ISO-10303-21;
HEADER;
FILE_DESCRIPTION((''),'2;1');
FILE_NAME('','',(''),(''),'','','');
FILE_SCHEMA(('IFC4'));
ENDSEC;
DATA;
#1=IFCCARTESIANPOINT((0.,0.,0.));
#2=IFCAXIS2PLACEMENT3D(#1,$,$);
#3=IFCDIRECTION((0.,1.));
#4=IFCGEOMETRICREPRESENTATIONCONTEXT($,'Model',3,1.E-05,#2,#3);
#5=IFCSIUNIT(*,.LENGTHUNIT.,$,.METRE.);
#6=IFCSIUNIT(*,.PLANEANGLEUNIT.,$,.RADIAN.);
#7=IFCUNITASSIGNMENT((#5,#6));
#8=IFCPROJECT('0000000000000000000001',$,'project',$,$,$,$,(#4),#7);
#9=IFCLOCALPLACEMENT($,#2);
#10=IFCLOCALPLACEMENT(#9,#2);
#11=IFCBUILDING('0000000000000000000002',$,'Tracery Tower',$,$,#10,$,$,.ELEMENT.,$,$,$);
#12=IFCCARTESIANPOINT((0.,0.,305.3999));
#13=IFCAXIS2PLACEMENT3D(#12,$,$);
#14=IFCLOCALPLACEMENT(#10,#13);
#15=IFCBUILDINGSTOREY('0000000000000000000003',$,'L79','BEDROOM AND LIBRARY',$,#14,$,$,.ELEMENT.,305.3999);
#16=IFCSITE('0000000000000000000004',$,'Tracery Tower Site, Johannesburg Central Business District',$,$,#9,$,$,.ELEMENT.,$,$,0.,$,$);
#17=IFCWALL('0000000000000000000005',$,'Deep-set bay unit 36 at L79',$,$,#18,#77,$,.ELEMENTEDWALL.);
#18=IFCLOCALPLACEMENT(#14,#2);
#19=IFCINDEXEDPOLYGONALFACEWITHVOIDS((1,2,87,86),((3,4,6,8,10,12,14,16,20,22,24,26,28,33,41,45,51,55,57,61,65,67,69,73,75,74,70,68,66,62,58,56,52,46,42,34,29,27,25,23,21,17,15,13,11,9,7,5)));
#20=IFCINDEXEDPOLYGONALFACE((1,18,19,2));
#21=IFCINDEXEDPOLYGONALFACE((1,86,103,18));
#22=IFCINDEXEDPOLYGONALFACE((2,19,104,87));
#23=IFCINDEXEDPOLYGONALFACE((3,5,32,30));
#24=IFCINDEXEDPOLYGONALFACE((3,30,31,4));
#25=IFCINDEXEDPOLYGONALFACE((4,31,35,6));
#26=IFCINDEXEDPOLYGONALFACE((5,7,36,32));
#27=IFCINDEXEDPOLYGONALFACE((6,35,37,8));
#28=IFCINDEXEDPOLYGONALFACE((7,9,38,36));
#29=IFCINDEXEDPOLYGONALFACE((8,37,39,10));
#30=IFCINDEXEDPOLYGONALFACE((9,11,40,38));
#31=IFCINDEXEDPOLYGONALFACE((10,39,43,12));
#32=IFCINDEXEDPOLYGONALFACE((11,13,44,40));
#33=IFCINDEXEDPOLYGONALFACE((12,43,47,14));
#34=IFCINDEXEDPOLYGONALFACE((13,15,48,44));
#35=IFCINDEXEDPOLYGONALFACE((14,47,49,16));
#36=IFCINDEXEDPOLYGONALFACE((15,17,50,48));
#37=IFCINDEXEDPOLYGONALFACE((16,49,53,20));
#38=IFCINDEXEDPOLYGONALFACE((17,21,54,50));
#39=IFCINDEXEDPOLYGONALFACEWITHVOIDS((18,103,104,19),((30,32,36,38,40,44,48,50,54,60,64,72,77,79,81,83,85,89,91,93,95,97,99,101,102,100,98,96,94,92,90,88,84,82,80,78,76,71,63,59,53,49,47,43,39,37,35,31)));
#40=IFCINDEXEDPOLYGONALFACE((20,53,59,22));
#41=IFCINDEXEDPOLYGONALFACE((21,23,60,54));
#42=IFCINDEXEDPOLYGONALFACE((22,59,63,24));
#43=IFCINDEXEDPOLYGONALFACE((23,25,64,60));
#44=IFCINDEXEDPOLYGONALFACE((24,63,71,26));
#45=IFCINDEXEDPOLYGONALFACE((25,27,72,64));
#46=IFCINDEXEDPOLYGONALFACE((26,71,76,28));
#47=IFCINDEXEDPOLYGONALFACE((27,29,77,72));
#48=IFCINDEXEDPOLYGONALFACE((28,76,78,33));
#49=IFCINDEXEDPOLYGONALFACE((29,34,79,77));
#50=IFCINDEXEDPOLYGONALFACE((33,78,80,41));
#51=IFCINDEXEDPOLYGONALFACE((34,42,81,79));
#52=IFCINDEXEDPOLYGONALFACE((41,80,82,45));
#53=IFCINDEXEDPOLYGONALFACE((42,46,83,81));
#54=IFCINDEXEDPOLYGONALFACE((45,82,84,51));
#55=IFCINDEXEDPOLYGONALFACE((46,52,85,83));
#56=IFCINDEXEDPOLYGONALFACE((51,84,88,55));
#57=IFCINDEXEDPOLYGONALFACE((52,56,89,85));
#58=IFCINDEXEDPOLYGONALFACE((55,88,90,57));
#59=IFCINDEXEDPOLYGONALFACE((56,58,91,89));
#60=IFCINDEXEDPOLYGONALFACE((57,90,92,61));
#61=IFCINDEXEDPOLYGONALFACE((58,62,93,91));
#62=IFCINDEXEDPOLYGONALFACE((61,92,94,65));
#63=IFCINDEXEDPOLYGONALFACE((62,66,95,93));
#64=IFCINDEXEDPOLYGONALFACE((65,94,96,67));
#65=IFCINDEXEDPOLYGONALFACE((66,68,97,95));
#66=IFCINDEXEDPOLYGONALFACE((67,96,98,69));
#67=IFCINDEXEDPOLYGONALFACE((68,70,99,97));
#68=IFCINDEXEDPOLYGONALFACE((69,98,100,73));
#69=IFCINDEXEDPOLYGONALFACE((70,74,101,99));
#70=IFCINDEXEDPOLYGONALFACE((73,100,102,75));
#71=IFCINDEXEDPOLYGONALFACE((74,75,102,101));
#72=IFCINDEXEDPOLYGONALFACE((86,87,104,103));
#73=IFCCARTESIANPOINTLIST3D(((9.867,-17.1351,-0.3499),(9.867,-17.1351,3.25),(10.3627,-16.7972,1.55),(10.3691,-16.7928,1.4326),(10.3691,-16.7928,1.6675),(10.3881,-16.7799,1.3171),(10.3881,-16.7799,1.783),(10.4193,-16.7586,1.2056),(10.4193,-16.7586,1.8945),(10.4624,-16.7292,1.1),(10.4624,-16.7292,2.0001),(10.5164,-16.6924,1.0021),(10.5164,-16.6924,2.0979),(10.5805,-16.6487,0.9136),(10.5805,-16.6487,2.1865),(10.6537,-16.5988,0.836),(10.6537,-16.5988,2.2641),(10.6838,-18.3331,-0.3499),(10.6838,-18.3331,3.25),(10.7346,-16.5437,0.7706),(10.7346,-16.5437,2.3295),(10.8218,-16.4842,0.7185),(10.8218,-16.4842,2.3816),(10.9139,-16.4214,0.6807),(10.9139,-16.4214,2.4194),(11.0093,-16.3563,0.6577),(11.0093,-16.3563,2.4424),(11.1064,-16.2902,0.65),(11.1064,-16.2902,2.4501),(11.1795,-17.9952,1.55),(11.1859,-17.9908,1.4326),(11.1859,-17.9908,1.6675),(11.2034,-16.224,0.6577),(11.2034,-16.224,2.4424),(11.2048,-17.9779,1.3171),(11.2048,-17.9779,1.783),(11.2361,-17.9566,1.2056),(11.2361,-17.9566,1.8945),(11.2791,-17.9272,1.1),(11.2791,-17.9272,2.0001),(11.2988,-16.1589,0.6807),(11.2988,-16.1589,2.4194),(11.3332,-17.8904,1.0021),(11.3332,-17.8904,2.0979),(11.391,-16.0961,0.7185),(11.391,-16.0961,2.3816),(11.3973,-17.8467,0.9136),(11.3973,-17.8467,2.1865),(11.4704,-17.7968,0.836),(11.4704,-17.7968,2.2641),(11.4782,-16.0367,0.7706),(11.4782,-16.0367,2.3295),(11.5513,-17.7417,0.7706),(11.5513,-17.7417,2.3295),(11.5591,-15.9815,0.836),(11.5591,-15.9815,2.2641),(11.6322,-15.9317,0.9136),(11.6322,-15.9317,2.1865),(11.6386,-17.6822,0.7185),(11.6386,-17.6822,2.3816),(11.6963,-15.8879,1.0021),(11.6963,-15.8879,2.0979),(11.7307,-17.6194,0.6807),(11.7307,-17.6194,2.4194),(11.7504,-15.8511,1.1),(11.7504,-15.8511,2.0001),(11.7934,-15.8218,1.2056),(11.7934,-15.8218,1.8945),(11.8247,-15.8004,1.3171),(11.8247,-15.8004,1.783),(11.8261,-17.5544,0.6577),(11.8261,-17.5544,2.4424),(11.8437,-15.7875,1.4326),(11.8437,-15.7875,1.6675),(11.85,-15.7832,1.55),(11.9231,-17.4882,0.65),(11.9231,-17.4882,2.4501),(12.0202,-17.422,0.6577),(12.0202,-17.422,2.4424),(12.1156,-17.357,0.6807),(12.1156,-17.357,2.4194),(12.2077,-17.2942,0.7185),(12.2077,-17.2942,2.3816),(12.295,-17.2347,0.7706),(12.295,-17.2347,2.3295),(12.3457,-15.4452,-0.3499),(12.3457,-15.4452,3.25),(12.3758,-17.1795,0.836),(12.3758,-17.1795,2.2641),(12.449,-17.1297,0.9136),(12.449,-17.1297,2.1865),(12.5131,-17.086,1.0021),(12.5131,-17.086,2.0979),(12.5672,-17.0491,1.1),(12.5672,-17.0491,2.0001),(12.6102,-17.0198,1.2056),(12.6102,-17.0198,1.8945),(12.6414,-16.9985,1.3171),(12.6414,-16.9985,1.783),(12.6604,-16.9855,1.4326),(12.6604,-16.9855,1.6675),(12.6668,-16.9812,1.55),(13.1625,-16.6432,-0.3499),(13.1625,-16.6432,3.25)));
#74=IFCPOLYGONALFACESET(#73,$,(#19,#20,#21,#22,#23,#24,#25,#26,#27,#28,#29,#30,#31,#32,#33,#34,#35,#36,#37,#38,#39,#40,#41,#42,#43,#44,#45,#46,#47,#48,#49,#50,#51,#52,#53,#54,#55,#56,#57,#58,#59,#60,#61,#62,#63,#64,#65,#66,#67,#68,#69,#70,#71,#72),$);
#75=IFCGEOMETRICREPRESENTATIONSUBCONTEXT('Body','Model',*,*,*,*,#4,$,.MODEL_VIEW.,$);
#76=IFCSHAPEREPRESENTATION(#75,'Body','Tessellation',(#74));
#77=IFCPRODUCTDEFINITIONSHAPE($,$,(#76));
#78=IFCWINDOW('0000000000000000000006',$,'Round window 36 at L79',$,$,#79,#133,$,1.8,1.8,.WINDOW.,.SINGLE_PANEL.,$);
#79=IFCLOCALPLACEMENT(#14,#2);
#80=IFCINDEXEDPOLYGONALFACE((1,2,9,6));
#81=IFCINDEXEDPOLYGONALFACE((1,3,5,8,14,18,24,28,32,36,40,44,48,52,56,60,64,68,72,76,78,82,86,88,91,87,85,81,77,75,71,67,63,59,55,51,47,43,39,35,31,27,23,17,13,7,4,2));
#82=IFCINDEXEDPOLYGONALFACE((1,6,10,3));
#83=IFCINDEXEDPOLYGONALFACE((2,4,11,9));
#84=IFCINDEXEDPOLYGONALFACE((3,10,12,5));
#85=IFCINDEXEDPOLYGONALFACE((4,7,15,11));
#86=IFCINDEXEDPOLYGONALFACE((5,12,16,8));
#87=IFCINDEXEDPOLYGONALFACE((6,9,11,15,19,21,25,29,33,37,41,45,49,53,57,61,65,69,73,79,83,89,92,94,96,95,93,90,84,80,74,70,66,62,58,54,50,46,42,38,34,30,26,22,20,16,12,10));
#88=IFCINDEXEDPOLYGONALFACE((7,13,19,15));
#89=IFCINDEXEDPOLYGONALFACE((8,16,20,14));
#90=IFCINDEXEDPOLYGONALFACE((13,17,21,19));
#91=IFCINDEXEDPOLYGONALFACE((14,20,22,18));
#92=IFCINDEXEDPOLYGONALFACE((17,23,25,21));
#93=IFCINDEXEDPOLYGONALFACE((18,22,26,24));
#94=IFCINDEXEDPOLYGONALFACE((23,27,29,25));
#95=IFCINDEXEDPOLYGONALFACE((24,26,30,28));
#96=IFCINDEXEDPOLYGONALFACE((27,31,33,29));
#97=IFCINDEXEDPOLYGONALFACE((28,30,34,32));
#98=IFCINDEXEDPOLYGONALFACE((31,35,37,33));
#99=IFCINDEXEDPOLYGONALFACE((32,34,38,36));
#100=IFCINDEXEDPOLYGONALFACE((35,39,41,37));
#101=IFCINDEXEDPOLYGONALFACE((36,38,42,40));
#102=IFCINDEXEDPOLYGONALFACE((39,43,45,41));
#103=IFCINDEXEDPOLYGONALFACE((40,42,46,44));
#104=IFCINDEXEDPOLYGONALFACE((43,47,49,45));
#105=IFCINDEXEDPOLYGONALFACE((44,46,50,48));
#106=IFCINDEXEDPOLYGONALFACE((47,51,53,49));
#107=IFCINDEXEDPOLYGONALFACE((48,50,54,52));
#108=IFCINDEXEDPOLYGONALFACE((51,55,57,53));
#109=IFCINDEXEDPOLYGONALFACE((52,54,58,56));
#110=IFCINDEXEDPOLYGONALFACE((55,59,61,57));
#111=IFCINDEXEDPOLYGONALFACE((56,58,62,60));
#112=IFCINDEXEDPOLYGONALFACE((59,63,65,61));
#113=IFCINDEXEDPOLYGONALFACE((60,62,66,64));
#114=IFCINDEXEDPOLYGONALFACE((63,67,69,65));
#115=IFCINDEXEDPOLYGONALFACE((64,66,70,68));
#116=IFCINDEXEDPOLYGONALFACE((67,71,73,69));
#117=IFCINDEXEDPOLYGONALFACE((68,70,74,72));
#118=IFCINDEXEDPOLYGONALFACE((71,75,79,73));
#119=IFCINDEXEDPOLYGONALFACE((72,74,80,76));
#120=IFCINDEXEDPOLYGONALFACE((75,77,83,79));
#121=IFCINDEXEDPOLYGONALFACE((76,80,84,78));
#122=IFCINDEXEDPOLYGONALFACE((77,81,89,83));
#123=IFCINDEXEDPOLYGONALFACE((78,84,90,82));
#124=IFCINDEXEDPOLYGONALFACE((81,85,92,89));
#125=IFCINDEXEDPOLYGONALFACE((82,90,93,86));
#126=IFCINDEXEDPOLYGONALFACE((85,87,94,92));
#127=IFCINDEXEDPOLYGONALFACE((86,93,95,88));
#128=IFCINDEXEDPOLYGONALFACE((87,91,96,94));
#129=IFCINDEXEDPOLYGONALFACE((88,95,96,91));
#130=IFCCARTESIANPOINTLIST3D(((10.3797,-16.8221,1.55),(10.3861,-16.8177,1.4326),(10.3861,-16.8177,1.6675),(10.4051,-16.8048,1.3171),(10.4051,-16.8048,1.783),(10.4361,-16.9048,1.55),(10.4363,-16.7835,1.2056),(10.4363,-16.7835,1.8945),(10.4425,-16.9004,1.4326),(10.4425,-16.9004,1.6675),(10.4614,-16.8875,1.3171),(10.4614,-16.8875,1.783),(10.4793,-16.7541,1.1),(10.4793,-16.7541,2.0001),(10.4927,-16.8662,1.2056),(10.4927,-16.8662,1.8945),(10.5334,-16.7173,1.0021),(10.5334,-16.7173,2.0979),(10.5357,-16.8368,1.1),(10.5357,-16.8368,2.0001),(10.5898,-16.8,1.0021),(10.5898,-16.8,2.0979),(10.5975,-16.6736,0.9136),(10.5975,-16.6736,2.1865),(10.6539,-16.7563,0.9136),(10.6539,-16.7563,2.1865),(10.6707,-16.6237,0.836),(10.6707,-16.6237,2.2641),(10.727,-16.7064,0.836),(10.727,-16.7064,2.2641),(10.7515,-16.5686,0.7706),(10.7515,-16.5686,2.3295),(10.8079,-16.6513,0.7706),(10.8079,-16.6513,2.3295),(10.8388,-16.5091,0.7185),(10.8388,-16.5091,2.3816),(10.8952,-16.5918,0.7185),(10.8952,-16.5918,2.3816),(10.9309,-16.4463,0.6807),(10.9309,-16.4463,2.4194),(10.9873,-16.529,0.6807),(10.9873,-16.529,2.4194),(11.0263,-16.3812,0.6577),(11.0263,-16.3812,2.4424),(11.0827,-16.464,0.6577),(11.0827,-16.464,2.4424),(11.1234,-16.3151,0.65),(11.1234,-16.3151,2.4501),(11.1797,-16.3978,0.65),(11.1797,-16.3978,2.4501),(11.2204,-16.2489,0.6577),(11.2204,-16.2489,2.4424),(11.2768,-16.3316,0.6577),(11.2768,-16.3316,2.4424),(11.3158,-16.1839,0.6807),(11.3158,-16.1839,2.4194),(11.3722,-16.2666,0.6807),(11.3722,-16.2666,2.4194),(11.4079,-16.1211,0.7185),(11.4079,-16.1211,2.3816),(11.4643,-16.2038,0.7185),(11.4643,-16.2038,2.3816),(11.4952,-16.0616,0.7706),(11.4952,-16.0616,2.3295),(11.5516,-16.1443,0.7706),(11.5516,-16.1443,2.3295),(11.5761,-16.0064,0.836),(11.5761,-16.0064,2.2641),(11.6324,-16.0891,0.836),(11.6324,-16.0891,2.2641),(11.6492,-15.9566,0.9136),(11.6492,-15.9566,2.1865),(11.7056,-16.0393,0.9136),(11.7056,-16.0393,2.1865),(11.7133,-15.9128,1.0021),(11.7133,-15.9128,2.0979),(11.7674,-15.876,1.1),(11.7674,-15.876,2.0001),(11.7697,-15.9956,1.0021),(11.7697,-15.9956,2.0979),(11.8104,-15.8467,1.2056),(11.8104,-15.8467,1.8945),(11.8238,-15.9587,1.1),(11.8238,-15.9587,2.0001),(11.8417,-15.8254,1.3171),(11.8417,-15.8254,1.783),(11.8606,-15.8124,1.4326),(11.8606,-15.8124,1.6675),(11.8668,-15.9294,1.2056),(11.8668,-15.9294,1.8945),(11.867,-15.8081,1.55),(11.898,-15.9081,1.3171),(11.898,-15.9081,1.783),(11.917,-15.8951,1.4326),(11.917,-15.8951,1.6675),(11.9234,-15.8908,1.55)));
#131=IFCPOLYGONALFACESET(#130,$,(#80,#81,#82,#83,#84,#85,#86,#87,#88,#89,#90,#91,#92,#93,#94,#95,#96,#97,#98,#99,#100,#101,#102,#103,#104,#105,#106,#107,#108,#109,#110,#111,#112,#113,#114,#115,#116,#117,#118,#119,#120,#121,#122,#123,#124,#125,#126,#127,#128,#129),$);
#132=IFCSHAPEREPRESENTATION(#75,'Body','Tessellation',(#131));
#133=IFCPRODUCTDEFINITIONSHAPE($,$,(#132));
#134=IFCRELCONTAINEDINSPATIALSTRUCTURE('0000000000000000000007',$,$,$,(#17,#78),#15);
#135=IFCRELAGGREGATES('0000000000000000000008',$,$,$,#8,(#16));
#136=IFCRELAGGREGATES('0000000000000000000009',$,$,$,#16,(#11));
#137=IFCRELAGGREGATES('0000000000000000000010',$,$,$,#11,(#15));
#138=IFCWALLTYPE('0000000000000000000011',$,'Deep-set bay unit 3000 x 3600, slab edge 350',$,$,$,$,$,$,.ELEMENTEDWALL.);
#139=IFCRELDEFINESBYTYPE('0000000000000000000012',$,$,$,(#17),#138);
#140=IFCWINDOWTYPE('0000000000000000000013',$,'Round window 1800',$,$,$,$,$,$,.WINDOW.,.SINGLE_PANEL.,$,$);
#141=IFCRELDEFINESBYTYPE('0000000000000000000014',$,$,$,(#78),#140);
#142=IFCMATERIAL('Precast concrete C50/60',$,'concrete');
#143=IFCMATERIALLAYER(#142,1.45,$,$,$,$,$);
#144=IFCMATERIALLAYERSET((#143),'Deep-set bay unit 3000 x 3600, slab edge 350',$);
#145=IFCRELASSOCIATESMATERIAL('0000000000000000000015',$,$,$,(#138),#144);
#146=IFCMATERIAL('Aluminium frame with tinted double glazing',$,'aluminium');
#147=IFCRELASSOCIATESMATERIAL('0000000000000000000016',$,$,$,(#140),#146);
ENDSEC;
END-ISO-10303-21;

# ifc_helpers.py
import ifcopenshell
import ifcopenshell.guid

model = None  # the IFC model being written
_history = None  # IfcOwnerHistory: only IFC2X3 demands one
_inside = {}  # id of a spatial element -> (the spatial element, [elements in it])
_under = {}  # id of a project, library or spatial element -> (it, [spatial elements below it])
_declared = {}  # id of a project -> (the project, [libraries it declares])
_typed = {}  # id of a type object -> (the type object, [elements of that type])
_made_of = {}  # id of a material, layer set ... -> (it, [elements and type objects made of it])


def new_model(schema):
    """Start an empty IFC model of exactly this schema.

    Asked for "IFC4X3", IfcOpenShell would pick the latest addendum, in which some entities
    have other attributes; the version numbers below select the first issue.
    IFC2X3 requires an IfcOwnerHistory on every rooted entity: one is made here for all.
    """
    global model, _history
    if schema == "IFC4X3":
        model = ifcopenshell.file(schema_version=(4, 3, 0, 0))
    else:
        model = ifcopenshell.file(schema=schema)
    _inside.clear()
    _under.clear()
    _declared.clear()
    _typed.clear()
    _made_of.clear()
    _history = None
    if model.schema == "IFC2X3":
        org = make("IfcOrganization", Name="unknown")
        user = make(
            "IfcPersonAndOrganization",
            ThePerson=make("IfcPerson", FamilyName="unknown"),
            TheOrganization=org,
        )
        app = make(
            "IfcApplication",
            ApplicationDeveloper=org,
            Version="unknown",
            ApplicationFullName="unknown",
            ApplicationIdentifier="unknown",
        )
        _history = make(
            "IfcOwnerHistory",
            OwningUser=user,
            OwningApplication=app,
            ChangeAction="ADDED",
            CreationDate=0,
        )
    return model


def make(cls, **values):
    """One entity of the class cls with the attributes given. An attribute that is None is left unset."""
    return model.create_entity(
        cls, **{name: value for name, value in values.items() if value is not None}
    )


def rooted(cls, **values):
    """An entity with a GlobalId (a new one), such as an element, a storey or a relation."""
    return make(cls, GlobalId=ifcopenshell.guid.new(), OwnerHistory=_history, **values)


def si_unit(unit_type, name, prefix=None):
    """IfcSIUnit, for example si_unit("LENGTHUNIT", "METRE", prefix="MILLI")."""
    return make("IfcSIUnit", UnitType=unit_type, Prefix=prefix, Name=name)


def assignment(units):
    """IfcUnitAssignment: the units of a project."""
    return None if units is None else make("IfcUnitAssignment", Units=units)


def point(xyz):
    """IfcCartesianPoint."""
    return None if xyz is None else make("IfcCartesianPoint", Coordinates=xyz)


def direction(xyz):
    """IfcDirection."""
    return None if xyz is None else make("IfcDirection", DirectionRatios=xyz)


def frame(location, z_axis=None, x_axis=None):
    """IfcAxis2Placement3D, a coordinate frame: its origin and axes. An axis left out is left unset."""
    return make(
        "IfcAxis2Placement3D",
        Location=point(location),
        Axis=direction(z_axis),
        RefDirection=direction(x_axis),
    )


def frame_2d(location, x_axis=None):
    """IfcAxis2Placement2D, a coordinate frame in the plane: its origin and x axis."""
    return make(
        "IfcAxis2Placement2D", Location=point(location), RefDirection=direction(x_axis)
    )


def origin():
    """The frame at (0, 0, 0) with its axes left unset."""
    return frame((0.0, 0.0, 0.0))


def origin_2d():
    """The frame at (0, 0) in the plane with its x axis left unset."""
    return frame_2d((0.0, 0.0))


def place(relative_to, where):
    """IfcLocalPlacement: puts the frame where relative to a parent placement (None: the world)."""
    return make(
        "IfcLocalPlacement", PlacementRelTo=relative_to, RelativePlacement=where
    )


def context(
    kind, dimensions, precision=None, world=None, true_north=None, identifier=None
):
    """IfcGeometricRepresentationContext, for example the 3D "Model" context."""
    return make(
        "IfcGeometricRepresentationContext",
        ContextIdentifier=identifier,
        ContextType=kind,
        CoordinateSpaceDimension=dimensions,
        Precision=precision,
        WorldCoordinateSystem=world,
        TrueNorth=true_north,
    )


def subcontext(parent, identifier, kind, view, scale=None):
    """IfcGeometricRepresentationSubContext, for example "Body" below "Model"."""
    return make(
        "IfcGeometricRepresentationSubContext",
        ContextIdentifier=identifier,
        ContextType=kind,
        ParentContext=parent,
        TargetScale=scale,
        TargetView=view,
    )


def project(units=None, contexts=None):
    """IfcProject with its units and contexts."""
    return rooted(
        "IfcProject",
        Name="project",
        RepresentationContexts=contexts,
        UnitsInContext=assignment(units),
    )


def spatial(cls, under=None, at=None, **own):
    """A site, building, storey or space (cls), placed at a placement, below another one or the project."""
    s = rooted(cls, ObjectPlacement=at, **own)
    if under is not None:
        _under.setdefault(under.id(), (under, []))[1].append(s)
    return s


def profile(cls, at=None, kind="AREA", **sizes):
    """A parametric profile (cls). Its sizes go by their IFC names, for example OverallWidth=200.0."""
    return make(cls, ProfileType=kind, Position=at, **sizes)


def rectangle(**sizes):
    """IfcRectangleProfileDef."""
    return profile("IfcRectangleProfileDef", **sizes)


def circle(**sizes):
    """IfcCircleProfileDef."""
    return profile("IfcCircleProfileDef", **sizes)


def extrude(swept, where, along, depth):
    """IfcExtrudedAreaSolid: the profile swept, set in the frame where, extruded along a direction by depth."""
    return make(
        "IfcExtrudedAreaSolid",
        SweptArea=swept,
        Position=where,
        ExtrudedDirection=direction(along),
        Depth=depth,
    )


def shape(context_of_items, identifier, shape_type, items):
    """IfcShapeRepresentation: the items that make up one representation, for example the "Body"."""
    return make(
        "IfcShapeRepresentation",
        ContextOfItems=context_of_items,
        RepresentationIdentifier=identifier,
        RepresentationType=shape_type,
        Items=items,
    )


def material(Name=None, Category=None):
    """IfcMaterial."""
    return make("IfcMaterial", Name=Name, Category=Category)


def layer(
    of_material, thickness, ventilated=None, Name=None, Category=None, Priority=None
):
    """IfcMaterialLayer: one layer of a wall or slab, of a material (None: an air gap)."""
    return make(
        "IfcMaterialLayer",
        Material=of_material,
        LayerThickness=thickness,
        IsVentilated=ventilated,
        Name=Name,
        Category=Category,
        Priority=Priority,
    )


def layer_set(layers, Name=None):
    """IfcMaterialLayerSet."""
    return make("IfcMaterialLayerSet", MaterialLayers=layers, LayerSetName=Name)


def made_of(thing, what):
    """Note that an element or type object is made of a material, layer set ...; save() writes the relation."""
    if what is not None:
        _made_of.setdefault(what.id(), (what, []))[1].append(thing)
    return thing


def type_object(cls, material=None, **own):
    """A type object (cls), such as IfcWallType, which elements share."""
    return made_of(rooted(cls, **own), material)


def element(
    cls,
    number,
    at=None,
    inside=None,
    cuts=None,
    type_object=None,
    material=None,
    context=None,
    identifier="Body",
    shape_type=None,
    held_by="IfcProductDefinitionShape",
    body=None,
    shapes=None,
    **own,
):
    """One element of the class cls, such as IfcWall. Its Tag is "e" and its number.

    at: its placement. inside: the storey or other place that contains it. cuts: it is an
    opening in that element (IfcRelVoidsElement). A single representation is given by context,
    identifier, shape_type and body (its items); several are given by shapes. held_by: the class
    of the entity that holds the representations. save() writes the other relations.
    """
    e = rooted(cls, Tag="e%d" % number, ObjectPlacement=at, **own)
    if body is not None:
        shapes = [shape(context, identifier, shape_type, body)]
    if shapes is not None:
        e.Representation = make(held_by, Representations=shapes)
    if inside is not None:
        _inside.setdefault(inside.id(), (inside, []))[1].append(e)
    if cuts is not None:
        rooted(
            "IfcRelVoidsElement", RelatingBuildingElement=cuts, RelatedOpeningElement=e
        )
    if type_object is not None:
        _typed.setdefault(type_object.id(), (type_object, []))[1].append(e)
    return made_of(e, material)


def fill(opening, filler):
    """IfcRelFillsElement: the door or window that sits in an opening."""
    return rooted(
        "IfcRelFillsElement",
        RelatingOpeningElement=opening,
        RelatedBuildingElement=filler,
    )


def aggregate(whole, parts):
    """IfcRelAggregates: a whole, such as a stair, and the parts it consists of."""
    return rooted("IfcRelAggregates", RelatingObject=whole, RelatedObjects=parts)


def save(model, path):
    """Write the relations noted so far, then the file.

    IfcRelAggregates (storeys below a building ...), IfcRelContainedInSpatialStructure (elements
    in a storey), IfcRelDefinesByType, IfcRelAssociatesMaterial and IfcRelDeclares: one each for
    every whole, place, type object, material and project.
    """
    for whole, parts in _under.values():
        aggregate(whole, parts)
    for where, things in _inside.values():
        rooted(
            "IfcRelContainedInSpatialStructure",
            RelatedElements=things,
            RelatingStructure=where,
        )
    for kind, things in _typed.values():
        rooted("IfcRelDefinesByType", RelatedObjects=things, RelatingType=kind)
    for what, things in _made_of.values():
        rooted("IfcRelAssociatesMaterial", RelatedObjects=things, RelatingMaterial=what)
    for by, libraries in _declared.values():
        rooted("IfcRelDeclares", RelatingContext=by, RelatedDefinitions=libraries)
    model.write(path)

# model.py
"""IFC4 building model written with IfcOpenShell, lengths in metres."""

from ifc_helpers import new_model, si_unit, direction, frame, frame_2d, origin, origin_2d, place, context, subcontext, project, spatial, rectangle, circle, extrude, material, layer, layer_set, type_object, element, fill, save


model = new_model("IFC4")

# Units and contexts
model_context = context("Model", 3, precision=1e-05, world=origin(), true_north=direction((0.0, 1.0)))
body_context = subcontext(model_context, "Body", "Model", "MODEL_VIEW")
ifc_project = project(units=[si_unit("LENGTHUNIT", "METRE"), si_unit("PLANEANGLEUNIT", "RADIAN")], contexts=[model_context])

# Site, building, storey
site_placement = place(None, origin())
site = spatial("IfcSite", under=ifc_project, at=site_placement, Name="Tracery Tower Site, Johannesburg Central Business District", CompositionType="ELEMENT", RefElevation=0.0)
building_placement = place(site_placement, origin())
building = spatial("IfcBuilding", under=site, at=building_placement, Name="Tracery Tower", CompositionType="ELEMENT")
storey_placement = place(building_placement, frame((0.0, 0.0, 305.3999)))
storey = spatial("IfcBuildingStorey", under=building, at=storey_placement, Name="L79", Description="BEDROOM AND LIBRARY", CompositionType="ELEMENT", Elevation=305.3999)

# Wall, opening, window
ifc_material_1 = material(Name="Precast concrete C50/60", Category="concrete")
ifc_layer_1 = layer(ifc_material_1, 1.45)
ifc_layer_set_1 = layer_set([ifc_layer_1], Name="Deep-set bay unit 3000 x 3600, slab edge 350")
wall_type_1 = type_object("IfcWallType", Name="Deep-set bay unit 3000 x 3600, slab edge 350", PredefinedType="ELEMENTEDWALL", material=ifc_layer_set_1)
wall_1_placement = place(storey_placement, frame((10.2754, -17.7341, -0.3499), z_axis=(0.0, 0.0, 1.0), x_axis=(0.826246, 0.563309, 0.0)))
wall_1 = element("IfcWall", 1, at=wall_1_placement, inside=storey, type_object=wall_type_1, Name="Deep-set bay unit 36 at L79", PredefinedType="ELEMENTEDWALL", context=body_context, shape_type="SweptSolid", body=[
    extrude(rectangle(XDim=3.0, YDim=1.45, at=frame_2d((1.5, 0.0))), origin(), (0.0, 0.0, 1.0), 3.5999),
])
opening_1_placement = place(wall_1_placement, frame((1.5, 0.0, 1.8999)))
opening_1 = element("IfcOpeningElement", 2, at=opening_1_placement, cuts=wall_1, PredefinedType="OPENING", context=body_context, shape_type="SweptSolid", body=[
    extrude(circle(Radius=0.9, at=origin_2d()), frame((0.0, 0.7349, 0.0), z_axis=(0.0, -1.0, 0.0), x_axis=(1.0, 0.0, 0.0)), (0.0, 0.0, 1.0), 1.47),
])
ifc_material_2 = material(Name="Aluminium frame with tinted double glazing", Category="aluminium")
window_type = type_object("IfcWindowType", Name="Round window 1800", PartitioningType="SINGLE_PANEL", PredefinedType="WINDOW", material=ifc_material_2)
window_1_placement = place(opening_1_placement, origin())
window_1 = element("IfcWindow", 3, at=window_1_placement, inside=storey, type_object=window_type, Name="Round window 36 at L79", OverallHeight=1.8, OverallWidth=1.8, PartitioningType="SINGLE_PANEL", PredefinedType="WINDOW", context=body_context, shape_type="SweptSolid", body=[
    extrude(circle(Radius=0.9, at=origin_2d()), frame((0.0, 0.6948, 0.0), z_axis=(0.0, -1.0, 0.0), x_axis=(1.0, 0.0, 0.0)), (0.0, 0.0, 1.0), 0.1001),
])
fill(opening_1, window_1)

save(model, "model.ifc")
